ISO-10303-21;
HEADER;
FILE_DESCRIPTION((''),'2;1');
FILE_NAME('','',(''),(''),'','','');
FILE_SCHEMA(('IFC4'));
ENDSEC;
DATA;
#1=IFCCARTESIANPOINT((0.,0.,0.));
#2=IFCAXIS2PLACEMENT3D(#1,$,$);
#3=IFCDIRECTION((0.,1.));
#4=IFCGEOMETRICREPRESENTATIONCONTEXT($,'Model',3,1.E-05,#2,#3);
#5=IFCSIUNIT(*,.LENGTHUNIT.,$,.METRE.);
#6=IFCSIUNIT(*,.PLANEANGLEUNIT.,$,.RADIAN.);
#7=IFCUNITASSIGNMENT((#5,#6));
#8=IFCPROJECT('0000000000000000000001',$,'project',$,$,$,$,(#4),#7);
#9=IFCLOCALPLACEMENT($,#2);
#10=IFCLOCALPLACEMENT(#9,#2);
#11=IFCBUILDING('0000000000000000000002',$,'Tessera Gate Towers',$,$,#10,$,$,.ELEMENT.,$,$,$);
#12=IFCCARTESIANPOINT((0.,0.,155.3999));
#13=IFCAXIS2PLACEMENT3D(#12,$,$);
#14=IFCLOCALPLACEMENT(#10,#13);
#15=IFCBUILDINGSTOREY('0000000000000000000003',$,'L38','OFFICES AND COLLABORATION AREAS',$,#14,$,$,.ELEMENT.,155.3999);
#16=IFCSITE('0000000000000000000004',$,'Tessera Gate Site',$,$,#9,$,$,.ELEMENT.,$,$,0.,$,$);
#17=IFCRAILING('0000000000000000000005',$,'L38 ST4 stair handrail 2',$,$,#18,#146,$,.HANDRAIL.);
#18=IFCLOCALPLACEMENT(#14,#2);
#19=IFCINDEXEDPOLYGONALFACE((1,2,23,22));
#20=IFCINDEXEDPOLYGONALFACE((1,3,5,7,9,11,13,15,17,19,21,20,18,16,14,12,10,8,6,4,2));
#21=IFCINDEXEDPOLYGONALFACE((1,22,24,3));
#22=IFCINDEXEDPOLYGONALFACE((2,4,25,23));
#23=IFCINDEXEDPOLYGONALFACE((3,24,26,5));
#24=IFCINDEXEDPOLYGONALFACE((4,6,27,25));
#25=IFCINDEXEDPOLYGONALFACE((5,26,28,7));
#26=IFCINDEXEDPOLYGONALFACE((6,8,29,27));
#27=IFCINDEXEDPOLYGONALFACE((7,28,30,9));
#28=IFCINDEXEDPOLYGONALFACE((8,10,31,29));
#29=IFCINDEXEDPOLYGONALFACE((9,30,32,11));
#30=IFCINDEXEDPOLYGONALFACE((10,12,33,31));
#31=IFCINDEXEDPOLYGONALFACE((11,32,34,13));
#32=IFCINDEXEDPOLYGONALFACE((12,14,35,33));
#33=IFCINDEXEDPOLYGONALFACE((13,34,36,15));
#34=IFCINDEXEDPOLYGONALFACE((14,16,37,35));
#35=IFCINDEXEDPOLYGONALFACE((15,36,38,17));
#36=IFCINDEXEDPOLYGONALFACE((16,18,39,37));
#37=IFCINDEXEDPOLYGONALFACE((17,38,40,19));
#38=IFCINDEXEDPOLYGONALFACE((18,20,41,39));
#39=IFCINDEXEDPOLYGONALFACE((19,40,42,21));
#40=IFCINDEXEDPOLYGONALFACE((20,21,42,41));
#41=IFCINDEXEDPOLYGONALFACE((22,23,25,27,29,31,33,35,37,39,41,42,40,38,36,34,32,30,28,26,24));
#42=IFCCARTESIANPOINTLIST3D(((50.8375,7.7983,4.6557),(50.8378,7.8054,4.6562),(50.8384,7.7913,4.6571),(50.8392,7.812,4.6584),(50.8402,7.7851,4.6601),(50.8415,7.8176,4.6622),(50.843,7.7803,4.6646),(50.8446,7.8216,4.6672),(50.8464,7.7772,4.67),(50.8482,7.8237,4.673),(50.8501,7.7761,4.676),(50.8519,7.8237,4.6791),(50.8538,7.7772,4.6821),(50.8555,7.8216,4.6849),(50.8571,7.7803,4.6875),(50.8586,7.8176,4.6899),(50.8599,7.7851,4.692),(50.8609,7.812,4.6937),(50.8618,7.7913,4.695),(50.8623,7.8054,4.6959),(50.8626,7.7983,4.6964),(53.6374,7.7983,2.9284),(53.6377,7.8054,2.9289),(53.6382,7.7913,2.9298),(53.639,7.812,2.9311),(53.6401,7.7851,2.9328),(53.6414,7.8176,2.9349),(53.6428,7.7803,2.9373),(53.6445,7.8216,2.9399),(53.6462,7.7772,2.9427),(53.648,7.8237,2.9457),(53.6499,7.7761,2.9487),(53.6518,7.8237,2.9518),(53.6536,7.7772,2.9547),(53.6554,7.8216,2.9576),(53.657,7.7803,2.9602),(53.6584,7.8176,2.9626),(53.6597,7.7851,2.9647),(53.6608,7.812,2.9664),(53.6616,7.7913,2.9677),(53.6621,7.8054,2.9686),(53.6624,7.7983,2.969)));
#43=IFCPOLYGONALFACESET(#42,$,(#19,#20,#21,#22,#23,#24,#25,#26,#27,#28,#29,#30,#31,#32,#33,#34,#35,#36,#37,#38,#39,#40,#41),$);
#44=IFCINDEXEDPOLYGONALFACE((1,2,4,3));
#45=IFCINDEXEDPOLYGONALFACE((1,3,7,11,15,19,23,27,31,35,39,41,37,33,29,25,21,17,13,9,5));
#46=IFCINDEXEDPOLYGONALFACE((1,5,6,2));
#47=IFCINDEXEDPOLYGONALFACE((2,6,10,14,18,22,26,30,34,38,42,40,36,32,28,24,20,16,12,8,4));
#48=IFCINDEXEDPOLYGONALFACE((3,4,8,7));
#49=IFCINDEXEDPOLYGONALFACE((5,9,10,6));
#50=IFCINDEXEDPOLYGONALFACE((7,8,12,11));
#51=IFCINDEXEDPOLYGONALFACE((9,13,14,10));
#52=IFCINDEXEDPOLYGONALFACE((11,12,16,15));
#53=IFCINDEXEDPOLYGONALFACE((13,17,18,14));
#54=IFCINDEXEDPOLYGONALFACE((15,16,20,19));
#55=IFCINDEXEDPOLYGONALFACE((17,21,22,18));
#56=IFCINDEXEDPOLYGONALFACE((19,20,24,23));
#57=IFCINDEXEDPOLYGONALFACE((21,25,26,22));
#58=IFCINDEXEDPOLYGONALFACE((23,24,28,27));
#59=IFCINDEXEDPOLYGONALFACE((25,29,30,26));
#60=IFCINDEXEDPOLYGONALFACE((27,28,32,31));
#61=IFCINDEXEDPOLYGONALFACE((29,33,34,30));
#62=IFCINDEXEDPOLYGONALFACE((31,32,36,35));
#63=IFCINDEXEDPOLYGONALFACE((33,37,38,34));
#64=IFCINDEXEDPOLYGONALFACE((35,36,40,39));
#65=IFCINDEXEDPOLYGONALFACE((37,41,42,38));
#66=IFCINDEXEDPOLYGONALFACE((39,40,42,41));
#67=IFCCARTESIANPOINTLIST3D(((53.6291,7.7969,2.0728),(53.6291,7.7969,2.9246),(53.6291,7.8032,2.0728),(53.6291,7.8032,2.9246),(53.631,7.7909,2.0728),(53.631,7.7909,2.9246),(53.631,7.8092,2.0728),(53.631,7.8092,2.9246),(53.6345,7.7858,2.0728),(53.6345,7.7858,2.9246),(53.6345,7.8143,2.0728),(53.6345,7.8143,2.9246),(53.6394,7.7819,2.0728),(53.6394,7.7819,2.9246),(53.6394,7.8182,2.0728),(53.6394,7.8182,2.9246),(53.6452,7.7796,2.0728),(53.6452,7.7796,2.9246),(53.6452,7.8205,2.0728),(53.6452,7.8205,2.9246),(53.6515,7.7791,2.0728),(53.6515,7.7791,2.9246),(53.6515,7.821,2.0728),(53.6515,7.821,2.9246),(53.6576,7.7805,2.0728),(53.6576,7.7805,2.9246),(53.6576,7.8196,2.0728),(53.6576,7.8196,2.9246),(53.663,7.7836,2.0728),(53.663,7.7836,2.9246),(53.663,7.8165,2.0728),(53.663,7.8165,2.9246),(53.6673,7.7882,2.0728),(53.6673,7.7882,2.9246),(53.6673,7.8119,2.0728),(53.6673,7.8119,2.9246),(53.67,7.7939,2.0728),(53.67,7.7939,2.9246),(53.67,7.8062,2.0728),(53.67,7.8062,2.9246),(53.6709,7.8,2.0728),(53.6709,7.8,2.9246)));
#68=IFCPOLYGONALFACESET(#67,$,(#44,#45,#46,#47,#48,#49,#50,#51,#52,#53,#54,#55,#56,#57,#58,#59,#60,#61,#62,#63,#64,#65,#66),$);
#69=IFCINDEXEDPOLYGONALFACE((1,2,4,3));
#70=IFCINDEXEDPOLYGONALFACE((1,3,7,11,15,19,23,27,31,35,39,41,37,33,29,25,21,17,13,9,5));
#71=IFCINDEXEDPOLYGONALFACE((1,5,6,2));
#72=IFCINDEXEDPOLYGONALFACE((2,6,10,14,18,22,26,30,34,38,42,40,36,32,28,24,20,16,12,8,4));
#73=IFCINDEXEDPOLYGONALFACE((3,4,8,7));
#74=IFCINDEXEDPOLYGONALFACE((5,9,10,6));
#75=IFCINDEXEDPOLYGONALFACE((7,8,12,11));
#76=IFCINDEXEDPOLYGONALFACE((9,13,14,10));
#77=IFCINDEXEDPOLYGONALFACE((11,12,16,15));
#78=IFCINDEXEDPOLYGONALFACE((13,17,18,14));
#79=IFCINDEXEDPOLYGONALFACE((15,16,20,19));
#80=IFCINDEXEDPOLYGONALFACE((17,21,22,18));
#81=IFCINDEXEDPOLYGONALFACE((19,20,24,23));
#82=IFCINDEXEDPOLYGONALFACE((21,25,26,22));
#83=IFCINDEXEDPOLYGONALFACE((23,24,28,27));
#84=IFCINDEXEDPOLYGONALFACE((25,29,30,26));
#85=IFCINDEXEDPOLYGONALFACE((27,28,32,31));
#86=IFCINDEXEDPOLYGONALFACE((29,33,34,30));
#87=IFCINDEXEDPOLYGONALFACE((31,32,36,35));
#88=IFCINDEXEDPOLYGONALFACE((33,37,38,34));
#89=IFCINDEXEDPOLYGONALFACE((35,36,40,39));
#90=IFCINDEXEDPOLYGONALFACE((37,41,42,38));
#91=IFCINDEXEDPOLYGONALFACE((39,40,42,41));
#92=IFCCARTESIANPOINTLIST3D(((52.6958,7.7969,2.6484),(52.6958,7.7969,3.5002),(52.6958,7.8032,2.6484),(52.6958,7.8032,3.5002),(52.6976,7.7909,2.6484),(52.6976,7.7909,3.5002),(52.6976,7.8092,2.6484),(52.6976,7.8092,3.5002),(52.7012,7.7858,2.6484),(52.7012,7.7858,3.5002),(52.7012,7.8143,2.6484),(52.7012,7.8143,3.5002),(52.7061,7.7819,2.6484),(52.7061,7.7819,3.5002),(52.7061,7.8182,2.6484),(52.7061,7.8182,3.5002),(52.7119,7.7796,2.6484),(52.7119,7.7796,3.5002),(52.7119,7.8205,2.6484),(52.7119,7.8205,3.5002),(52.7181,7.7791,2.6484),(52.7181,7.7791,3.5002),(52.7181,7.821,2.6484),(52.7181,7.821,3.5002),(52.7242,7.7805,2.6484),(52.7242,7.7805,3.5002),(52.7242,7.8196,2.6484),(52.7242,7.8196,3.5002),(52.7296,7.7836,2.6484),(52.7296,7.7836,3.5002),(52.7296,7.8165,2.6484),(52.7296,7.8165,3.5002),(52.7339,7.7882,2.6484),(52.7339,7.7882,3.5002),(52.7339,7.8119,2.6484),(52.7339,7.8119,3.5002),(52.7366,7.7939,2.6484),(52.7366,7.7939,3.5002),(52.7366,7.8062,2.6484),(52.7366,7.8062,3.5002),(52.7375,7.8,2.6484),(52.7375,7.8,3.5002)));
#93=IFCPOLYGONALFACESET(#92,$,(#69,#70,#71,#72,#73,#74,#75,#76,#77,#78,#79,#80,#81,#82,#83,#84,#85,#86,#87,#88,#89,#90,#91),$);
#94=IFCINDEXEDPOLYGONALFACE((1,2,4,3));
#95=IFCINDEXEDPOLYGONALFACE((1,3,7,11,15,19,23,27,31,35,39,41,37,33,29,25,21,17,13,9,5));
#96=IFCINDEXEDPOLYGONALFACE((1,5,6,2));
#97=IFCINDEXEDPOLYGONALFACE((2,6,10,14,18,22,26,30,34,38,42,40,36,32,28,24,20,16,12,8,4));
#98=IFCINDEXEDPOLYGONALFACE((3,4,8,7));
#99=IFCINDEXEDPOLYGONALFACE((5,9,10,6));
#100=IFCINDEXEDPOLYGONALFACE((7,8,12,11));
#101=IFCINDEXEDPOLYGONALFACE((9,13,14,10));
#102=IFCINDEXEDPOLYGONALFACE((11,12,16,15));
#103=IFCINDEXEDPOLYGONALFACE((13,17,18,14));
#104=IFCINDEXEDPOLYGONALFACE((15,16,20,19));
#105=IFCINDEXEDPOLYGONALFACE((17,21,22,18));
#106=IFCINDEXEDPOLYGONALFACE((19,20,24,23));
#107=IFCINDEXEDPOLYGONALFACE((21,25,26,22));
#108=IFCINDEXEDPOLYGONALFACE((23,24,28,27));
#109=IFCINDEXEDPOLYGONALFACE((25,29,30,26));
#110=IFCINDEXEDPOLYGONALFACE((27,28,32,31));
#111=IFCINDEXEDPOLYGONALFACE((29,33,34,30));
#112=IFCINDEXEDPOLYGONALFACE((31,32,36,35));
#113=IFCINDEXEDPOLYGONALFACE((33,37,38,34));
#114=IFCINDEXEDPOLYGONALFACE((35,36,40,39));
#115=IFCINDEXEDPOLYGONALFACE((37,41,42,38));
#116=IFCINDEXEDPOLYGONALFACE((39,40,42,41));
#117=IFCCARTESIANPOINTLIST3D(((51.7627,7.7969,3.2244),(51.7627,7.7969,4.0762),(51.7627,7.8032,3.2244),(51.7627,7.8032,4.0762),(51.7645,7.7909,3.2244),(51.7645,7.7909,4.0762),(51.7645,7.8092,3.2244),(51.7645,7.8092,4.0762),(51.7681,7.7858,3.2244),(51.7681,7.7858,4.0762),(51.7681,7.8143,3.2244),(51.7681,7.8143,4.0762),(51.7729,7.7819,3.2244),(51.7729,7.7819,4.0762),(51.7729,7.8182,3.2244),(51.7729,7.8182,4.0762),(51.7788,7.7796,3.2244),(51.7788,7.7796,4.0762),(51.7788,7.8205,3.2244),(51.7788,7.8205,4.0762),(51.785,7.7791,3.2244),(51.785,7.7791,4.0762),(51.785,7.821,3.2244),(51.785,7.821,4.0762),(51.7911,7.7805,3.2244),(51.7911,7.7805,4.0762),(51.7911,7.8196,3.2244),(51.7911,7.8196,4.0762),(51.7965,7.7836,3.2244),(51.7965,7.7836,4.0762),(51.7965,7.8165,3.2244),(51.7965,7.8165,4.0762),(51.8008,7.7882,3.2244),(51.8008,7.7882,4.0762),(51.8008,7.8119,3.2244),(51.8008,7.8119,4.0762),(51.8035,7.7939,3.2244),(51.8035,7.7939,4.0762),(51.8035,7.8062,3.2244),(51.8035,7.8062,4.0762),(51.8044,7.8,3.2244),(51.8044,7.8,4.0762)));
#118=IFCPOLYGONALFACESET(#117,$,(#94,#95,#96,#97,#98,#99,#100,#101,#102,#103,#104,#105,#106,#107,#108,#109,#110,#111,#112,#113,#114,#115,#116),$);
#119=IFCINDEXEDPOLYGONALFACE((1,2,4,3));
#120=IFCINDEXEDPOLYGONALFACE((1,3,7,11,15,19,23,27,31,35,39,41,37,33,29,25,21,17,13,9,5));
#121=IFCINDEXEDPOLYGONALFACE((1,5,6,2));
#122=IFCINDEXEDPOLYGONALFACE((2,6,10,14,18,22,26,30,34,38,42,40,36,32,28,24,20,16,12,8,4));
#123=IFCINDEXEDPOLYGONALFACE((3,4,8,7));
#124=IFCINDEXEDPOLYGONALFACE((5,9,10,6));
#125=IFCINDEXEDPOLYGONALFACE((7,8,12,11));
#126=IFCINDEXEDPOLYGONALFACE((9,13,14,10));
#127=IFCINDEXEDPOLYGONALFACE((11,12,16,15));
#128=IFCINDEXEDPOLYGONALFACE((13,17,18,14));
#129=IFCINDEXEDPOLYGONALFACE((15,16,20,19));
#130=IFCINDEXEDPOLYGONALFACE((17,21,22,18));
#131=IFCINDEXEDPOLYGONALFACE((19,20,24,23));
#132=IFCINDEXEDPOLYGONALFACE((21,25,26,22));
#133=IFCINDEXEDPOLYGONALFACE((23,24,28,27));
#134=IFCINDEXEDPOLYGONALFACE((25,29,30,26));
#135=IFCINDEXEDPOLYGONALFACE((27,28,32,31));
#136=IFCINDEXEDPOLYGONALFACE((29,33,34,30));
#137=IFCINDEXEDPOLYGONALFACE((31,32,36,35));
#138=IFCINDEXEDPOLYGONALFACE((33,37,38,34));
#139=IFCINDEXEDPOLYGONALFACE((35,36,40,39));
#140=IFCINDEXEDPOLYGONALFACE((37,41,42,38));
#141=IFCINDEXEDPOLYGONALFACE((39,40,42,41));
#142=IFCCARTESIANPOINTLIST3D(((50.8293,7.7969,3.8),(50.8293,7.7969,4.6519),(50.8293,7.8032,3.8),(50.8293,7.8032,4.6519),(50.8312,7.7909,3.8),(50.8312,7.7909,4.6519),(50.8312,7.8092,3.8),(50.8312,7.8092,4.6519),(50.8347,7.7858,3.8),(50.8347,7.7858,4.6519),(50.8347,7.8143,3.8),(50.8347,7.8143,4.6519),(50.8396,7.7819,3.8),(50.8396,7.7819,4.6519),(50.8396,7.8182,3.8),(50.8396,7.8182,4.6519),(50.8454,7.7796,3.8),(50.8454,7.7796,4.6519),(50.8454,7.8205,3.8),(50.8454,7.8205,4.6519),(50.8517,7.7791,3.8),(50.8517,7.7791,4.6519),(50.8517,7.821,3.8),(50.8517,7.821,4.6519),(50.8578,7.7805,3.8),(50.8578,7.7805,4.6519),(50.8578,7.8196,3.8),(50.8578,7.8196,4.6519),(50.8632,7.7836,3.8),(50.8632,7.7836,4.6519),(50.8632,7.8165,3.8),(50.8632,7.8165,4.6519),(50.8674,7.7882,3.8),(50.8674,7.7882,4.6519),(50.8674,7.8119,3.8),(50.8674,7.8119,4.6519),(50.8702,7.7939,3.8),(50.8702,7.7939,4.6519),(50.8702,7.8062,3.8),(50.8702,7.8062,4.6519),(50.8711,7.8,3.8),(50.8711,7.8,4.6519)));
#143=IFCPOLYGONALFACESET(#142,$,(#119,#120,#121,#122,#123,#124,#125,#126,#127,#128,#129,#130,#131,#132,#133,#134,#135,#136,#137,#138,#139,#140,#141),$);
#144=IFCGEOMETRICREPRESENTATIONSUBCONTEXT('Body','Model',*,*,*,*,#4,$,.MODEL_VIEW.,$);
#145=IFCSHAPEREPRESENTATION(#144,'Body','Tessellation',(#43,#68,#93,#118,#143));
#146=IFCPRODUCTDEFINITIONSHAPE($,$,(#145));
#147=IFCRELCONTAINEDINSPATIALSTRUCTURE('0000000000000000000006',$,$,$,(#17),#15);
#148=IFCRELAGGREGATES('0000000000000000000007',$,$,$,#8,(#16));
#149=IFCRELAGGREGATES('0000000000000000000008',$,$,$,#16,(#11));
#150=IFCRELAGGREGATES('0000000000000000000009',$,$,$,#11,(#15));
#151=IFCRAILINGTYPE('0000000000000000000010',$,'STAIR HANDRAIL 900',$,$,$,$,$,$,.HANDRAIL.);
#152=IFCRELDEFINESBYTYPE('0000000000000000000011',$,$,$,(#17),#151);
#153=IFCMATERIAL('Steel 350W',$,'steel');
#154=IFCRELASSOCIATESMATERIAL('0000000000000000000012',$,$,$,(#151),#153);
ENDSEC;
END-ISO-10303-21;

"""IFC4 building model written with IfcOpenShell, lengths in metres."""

from ifc_helpers import new_model, si_unit, direction, frame, origin, origin_2d, place, context, subcontext, project, spatial, circle, extrude, material, type_object, element, save


model = new_model("IFC4")

# Units and contexts
model_context = context("Model", 3, precision=1e-05, world=origin(), true_north=direction((0.0, 1.0)))
body_context = subcontext(model_context, "Body", "Model", "MODEL_VIEW")
ifc_project = project(units=[si_unit("LENGTHUNIT", "METRE"), si_unit("PLANEANGLEUNIT", "RADIAN")], contexts=[model_context])

# Site, building, storey
site_placement = place(None, origin())
site = spatial("IfcSite", under=ifc_project, at=site_placement, Name="Tessera Gate Site", CompositionType="ELEMENT", RefElevation=0.0)
building_placement = place(site_placement, origin())
building = spatial("IfcBuilding", under=site, at=building_placement, Name="Tessera Gate Towers", CompositionType="ELEMENT")
storey_placement = place(building_placement, frame((0.0, 0.0, 155.3999)))
storey = spatial("IfcBuildingStorey", under=building, at=storey_placement, Name="L38", Description="OFFICES AND COLLABORATION AREAS", CompositionType="ELEMENT", Elevation=155.3999)

# Railing
ifc_material_1 = material(Name="Steel 350W", Category="steel")
railing_type_1 = type_object("IfcRailingType", Name="STAIR HANDRAIL 900", PredefinedType="HANDRAIL", material=ifc_material_1)
railing_1_placement = place(storey_placement, frame((53.6499, 7.8, 2.0728)))
element("IfcRailing", 1, at=railing_1_placement, inside=storey, type_object=railing_type_1, Name="L38 ST4 stair handrail 2", PredefinedType="HANDRAIL", context=body_context, shape_type="SweptSolid", body=[
    extrude(circle(Radius=0.0239, at=origin_2d()), frame((0.0, 0.0, 0.876), z_axis=(-0.851069, 0.0, 0.525054), x_axis=(0.0, -1.0, 0.0)), (0.0, 0.0, 1.0), 3.2898),
    extrude(circle(Radius=0.021, at=origin_2d()), origin(), (0.0, 0.0, 1.0), 0.8518),
    extrude(circle(Radius=0.021, at=origin_2d()), frame((-0.9333, 0.0, 0.5757)), (0.0, 0.0, 1.0), 0.8518),
    extrude(circle(Radius=0.021, at=origin_2d()), frame((-1.8665, 0.0, 1.1516)), (0.0, 0.0, 1.0), 0.8518),
    extrude(circle(Radius=0.021, at=origin_2d()), frame((-2.7998, 0.0, 1.7273)), (0.0, 0.0, 1.0), 0.8518),
])

save(model, "model.ifc")
